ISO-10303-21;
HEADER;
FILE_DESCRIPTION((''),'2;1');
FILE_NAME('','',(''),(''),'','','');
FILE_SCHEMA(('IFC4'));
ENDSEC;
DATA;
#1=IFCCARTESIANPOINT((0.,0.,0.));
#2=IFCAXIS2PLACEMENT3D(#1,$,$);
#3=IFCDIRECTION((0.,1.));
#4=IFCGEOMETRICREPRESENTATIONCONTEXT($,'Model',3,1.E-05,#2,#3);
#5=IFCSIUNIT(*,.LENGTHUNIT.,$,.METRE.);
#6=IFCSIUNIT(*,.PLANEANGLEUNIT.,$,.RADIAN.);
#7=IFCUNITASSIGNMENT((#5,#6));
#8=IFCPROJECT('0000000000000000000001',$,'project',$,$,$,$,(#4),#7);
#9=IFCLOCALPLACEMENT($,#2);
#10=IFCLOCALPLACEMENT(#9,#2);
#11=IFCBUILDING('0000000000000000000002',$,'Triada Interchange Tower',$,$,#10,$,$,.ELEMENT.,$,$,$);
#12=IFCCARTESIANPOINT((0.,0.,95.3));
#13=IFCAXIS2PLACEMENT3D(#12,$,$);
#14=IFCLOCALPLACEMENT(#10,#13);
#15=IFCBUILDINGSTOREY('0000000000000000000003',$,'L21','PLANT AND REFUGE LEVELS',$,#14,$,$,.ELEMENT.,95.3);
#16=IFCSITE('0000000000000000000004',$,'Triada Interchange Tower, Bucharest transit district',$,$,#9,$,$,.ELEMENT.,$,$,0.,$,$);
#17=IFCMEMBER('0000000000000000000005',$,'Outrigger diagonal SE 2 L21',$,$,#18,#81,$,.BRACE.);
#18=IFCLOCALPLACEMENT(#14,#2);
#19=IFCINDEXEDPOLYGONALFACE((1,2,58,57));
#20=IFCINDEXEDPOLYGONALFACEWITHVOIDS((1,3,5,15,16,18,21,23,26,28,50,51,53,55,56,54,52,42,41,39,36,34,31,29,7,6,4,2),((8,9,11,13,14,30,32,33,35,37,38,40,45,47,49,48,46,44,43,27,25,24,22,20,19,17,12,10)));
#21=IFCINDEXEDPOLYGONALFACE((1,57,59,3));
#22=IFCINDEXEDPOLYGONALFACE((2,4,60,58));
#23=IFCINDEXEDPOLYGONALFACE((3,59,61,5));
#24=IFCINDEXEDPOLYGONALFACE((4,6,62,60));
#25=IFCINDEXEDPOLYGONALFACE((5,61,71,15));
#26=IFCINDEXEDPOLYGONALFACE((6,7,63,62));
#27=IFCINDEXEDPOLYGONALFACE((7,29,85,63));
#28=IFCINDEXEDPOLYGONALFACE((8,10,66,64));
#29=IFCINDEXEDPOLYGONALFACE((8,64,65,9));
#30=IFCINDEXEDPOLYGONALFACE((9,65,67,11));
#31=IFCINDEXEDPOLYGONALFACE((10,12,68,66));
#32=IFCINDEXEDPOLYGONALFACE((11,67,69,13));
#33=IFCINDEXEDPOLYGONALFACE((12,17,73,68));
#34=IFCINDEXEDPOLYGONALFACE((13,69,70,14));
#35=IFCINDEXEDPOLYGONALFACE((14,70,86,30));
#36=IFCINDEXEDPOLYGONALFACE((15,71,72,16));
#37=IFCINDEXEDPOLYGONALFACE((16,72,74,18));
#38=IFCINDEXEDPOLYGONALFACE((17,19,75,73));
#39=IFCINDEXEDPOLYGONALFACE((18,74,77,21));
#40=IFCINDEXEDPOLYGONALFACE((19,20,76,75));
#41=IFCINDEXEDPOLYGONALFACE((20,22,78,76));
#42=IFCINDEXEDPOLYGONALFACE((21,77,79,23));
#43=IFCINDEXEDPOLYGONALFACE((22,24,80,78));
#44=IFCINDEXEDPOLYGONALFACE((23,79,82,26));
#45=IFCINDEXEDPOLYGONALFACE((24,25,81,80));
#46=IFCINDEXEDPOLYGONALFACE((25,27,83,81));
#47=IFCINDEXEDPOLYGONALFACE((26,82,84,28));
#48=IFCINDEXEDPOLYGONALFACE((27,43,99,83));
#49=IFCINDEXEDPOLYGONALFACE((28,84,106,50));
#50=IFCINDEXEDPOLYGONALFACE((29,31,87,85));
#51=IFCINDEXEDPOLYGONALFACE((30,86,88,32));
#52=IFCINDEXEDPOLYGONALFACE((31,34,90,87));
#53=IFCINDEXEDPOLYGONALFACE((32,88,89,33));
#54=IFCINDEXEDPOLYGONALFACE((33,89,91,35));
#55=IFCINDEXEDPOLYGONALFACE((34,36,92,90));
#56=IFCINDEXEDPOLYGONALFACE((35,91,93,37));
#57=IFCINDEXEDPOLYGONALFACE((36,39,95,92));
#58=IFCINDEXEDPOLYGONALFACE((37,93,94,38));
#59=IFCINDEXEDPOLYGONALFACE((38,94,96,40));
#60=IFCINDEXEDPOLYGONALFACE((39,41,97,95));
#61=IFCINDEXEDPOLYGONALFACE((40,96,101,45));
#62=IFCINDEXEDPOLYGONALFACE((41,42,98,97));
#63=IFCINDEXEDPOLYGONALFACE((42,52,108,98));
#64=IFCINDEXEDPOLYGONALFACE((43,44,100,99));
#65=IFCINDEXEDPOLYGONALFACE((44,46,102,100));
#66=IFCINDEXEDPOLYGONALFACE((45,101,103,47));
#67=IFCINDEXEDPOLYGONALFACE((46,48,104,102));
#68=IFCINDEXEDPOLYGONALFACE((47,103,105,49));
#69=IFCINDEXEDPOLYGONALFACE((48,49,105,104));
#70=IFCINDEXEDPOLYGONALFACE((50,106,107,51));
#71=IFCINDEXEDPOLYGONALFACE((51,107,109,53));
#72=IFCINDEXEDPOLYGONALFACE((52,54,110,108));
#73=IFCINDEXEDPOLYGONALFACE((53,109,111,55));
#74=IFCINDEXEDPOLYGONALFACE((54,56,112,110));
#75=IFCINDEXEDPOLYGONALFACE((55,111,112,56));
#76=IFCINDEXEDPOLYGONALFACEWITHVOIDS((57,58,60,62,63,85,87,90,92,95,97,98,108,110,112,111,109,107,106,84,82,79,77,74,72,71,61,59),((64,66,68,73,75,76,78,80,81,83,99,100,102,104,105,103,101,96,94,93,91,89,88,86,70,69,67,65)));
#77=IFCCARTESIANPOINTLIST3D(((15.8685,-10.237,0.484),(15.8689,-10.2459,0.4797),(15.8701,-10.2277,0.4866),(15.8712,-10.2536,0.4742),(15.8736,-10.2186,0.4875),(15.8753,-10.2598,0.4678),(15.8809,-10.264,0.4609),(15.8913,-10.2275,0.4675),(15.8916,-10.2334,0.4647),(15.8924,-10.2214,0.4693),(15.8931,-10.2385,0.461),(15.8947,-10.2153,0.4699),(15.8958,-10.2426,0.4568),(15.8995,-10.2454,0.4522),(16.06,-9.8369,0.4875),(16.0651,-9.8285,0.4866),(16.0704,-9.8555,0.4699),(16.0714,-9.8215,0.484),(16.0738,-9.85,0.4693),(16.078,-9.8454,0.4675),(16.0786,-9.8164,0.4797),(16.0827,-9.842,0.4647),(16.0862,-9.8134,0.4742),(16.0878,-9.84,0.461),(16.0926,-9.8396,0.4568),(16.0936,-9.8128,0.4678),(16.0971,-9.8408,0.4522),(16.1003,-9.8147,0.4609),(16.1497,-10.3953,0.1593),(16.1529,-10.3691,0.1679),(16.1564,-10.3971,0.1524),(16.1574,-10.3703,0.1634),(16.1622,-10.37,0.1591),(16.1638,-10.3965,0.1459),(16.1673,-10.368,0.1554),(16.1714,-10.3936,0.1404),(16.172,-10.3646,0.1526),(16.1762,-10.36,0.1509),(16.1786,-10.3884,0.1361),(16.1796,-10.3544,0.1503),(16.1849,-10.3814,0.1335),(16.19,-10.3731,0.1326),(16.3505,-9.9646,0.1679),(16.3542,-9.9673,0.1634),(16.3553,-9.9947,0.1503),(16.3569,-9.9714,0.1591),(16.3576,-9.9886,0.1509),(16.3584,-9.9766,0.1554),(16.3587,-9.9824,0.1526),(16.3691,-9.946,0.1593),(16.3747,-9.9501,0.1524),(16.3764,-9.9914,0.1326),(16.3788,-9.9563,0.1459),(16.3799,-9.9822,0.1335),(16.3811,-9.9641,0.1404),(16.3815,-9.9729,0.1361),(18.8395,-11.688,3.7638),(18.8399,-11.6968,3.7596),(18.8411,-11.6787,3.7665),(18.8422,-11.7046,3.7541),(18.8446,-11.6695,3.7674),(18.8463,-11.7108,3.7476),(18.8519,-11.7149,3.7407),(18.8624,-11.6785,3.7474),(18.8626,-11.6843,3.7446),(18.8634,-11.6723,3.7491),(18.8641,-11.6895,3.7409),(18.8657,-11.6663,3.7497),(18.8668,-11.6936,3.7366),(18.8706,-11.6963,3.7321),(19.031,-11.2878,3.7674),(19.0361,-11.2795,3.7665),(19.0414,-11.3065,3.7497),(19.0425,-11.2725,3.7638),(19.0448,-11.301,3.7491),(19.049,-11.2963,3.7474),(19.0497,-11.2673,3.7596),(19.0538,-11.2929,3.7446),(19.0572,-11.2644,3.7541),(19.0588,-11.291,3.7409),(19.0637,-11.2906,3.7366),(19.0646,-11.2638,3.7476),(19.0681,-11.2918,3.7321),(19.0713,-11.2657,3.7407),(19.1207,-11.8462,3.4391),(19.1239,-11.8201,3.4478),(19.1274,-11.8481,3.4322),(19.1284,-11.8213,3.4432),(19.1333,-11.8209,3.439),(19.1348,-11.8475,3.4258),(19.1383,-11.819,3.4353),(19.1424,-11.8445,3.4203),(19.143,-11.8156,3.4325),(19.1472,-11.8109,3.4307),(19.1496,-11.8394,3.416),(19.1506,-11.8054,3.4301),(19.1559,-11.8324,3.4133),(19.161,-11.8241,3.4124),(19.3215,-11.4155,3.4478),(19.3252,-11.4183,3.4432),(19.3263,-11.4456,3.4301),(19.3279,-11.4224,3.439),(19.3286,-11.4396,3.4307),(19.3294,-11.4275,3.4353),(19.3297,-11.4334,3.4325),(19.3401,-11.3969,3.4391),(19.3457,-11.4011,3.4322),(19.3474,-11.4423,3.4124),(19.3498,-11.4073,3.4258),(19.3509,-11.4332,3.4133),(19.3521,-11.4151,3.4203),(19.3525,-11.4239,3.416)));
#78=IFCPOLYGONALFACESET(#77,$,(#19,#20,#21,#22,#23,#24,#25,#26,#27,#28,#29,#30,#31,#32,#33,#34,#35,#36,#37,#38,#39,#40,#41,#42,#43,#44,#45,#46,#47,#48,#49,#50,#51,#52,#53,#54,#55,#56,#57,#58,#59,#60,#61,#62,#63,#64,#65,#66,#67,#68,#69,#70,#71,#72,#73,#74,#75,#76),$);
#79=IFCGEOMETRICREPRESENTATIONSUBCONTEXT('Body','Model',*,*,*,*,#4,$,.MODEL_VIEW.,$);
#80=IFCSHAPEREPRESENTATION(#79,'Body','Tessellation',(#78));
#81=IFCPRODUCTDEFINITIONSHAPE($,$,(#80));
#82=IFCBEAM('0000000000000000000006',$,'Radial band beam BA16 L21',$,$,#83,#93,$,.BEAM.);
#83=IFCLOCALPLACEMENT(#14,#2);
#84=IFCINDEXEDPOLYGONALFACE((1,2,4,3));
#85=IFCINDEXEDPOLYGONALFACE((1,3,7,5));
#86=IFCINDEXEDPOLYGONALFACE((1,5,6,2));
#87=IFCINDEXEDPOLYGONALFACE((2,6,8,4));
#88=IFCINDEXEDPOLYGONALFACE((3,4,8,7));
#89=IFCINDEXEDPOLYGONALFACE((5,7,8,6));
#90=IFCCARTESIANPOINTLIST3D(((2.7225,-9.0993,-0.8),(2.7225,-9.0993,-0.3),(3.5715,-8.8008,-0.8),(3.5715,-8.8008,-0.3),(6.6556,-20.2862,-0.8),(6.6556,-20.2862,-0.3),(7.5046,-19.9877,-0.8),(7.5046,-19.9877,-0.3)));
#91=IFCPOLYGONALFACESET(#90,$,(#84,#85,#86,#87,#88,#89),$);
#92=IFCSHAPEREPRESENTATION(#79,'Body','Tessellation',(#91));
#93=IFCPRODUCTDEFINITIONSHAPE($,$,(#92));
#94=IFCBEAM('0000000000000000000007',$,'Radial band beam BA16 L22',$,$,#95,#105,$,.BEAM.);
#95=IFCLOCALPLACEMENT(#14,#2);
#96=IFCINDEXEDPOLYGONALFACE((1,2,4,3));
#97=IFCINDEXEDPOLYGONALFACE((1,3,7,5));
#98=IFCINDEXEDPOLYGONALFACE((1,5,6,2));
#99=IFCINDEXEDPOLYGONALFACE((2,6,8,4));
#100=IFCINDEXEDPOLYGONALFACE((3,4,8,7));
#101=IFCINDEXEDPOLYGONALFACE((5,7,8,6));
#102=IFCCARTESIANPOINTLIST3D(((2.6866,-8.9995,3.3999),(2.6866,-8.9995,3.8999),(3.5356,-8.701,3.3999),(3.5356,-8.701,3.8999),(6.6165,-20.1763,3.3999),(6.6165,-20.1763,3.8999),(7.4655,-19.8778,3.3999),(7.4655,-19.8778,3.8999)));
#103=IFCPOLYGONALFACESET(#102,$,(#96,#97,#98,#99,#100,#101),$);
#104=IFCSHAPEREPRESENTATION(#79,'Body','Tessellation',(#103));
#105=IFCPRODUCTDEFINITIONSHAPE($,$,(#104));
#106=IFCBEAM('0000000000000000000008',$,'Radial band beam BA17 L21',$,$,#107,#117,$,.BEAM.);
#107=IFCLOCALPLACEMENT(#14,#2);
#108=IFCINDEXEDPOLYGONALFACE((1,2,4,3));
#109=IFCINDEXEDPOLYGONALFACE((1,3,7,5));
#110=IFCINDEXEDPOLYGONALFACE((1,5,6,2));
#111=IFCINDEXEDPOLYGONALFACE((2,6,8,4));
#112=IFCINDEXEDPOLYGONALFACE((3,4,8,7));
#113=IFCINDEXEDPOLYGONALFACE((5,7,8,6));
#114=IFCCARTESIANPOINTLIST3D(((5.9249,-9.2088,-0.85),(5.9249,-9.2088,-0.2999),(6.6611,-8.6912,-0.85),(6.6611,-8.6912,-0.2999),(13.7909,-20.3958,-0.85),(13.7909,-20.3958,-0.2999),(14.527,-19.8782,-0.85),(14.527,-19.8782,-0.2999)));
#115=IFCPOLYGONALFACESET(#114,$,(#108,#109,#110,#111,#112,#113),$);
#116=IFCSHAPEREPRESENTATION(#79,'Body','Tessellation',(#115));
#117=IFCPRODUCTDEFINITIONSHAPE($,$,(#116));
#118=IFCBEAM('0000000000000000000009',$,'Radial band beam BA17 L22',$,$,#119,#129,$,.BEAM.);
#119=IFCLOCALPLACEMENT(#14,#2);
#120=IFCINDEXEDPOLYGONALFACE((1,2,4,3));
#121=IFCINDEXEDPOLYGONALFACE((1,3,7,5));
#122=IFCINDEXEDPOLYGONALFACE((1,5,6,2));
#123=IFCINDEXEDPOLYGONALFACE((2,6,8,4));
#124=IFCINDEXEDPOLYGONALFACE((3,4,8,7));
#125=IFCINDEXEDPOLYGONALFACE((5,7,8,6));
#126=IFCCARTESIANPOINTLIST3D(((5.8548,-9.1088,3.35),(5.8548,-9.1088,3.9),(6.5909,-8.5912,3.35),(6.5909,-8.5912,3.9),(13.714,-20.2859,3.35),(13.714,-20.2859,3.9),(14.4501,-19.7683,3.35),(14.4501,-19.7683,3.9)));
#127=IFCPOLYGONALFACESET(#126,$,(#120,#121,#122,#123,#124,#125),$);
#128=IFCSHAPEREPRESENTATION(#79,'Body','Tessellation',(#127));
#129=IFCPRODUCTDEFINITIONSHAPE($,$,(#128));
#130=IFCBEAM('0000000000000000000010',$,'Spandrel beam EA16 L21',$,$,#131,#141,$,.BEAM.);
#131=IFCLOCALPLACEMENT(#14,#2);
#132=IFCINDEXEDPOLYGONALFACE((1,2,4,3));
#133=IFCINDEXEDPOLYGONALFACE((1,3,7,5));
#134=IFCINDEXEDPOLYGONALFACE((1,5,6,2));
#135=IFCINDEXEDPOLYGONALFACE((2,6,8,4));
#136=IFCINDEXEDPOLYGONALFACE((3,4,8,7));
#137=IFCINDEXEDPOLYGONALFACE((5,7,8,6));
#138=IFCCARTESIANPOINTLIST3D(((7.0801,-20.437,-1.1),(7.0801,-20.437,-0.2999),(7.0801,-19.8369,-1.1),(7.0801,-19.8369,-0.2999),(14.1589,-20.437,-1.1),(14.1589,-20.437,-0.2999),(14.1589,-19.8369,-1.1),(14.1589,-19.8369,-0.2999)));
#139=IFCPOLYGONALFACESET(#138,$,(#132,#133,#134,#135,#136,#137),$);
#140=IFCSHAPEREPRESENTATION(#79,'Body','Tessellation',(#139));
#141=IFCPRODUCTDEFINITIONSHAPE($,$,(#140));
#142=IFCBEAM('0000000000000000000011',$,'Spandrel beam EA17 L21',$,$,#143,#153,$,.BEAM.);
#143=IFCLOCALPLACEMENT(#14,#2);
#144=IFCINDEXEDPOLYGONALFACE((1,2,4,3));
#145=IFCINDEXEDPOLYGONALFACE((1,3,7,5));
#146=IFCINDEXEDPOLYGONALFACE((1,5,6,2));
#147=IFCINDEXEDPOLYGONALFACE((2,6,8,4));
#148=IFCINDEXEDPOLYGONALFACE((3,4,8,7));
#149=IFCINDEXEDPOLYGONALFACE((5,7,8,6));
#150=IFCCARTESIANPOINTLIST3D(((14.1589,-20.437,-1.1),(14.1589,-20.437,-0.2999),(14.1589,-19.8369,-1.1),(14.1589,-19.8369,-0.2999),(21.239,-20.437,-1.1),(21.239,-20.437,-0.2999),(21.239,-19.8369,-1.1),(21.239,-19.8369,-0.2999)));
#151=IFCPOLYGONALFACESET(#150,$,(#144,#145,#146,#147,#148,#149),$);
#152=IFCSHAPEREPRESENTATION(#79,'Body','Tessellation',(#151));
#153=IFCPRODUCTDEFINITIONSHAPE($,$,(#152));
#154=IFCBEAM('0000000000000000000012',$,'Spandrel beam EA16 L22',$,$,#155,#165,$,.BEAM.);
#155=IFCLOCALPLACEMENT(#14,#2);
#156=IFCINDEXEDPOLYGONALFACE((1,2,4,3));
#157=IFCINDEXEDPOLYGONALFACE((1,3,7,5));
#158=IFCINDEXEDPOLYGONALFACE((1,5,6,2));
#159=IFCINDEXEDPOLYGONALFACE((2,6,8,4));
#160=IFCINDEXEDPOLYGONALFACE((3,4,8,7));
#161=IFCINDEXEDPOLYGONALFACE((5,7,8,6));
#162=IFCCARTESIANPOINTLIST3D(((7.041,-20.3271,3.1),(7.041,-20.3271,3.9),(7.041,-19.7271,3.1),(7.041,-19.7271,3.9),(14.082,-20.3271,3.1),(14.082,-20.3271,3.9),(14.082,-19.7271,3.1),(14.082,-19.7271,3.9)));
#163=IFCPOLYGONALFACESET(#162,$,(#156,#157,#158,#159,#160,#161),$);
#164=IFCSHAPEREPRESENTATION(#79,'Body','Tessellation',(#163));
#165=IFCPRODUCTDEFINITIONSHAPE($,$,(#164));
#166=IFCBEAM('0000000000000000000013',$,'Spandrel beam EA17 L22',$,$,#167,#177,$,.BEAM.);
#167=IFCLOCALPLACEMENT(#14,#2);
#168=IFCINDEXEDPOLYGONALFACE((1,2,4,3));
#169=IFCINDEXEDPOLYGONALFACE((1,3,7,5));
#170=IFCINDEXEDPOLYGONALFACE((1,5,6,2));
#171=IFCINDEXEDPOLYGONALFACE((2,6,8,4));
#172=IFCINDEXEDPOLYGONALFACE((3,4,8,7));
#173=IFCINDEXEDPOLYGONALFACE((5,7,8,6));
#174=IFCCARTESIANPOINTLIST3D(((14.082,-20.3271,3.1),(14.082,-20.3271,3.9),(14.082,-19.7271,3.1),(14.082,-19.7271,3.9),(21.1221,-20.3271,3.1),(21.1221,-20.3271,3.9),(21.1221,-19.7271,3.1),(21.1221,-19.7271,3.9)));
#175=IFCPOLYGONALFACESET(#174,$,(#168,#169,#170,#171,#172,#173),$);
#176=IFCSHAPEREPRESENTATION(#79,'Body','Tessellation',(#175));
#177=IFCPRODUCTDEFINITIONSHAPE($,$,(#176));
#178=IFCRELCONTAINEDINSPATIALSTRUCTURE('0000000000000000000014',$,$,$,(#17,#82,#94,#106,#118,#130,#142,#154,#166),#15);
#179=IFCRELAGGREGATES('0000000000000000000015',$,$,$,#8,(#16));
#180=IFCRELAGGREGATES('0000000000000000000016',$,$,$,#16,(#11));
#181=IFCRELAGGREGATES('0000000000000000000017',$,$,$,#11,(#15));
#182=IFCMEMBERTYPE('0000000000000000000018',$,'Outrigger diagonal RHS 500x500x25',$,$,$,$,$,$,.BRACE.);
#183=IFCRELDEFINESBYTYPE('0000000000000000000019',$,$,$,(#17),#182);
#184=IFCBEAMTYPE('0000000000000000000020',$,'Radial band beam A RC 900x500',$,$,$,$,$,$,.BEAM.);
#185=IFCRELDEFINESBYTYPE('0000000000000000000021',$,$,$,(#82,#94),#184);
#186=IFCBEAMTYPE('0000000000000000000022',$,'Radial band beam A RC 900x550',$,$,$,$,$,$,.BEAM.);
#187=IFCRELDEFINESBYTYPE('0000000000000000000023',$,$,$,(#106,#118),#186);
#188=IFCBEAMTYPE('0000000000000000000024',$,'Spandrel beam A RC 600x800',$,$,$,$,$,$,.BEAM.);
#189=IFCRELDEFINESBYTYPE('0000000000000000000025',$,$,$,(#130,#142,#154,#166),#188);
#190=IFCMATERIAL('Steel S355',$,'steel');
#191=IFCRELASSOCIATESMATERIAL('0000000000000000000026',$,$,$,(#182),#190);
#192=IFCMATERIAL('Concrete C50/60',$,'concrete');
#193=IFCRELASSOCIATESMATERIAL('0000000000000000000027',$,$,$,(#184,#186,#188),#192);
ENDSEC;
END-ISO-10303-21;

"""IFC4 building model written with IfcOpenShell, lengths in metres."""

from ifc_helpers import new_model, si_unit, direction, frame, origin, origin_2d, place, context, subcontext, project, spatial, rectangle, hollow_rectangle, extrude, material, material_profile, profile_set, type_object, element, save


model = new_model("IFC4")

# Units and contexts
model_context = context("Model", 3, precision=1e-05, world=origin(), true_north=direction((0.0, 1.0)))
body_context = subcontext(model_context, "Body", "Model", "MODEL_VIEW")
ifc_project = project(units=[si_unit("LENGTHUNIT", "METRE"), si_unit("PLANEANGLEUNIT", "RADIAN")], contexts=[model_context])

# Site, building, storey
site_placement = place(None, origin())
site = spatial("IfcSite", under=ifc_project, at=site_placement, Name="Triada Interchange Tower, Bucharest transit district", CompositionType="ELEMENT", RefElevation=0.0)
building_placement = place(site_placement, origin())
building = spatial("IfcBuilding", under=site, at=building_placement, Name="Triada Interchange Tower", CompositionType="ELEMENT")
storey_placement = place(building_placement, frame((0.0, 0.0, 95.3)))
storey = spatial("IfcBuildingStorey", under=building, at=storey_placement, Name="L21", Description="PLANT AND REFUGE LEVELS", CompositionType="ELEMENT", Elevation=95.3)

# Member
ifc_material_1 = material(Name="Steel S355", Category="steel")
ifc_material_profile_1 = material_profile(ifc_material_1, hollow_rectangle(XDim=0.5, YDim=0.5, WallThickness=0.0249, InnerFilletRadius=0.0249, OuterFilletRadius=0.0376, at=origin_2d()), Name="RHS 500x500x25")
ifc_profile_set_1 = profile_set([ifc_material_profile_1], Name="Steel S355")
member_type_1 = type_object("IfcMemberType", Name="Outrigger diagonal RHS 500x500x25", PredefinedType="BRACE", material=ifc_profile_set_1)
member_1_placement = place(storey_placement, frame((16.125, -10.105, 0.3101), z_axis=(0.637937, -0.311551, 0.704253), x_axis=(0.438835, 0.898568, 0.0)))
element("IfcMember", 1, at=member_1_placement, inside=storey, type_object=member_type_1, Name="Outrigger diagonal SE 2 L21", PredefinedType="BRACE", context=body_context, shape_type="SweptSolid", body=[
    extrude(hollow_rectangle(XDim=0.5, YDim=0.5, WallThickness=0.0249, InnerFilletRadius=0.0249, OuterFilletRadius=0.0376, at=origin_2d()), origin(), (0.0, 0.0, 1.0), 4.6572),
])

# Beams
ifc_material_2 = material(Name="Concrete C50/60", Category="concrete")
ifc_material_profile_2 = material_profile(ifc_material_2, rectangle(XDim=0.8999, YDim=0.5, at=origin_2d()), Name="RC 900x500")
ifc_profile_set_2 = profile_set([ifc_material_profile_2], Name="Concrete C50/60")
beam_type_1 = type_object("IfcBeamType", Name="Radial band beam A RC 900x500", PredefinedType="BEAM", material=ifc_profile_set_2)
beam_1_placement = place(storey_placement, frame((7.0801, -20.137, -0.55), z_axis=(-0.331676, 0.943393, 0.0), x_axis=(-0.943393, -0.331676, 0.0)))
element("IfcBeam", 2, at=beam_1_placement, inside=storey, type_object=beam_type_1, Name="Radial band beam BA16 L21", PredefinedType="BEAM", context=body_context, shape_type="SweptSolid", body=[
    extrude(rectangle(XDim=0.8999, YDim=0.5, at=origin_2d()), origin(), (0.0, 0.0, 1.0), 11.8582),
])
beam_2_placement = place(storey_placement, frame((7.041, -20.0271, 3.6499), z_axis=(-0.331702, 0.943384, 0.0), x_axis=(-0.943384, -0.331702, 0.0)))
element("IfcBeam", 3, at=beam_2_placement, inside=storey, type_object=beam_type_1, Name="Radial band beam BA16 L22", PredefinedType="BEAM", context=body_context, shape_type="SweptSolid", body=[
    extrude(rectangle(XDim=0.8999, YDim=0.5, at=origin_2d()), origin(), (0.0, 0.0, 1.0), 11.8477),
])
ifc_material_profile_3 = material_profile(ifc_material_2, rectangle(XDim=0.8999, YDim=0.55, at=origin_2d()), Name="RC 900x550")
ifc_profile_set_3 = profile_set([ifc_material_profile_3], Name="Concrete C50/60")
beam_type_2 = type_object("IfcBeamType", Name="Radial band beam A RC 900x550", PredefinedType="BEAM", material=ifc_profile_set_3)
beam_3_placement = place(storey_placement, frame((14.1589, -20.137, -0.575), z_axis=(-0.575182, 0.818026, 0.0), x_axis=(-0.818026, -0.575182, 0.0)))
element("IfcBeam", 4, at=beam_3_placement, inside=storey, type_object=beam_type_2, Name="Radial band beam BA17 L21", PredefinedType="BEAM", context=body_context, shape_type="SweptSolid", body=[
    extrude(rectangle(XDim=0.8999, YDim=0.55, at=origin_2d()), origin(), (0.0, 0.0, 1.0), 13.6755),
])
beam_4_placement = place(storey_placement, frame((14.082, -20.0271, 3.625), z_axis=(-0.575192, 0.818019, 0.0), x_axis=(-0.818019, -0.575192, 0.0)))
element("IfcBeam", 5, at=beam_4_placement, inside=storey, type_object=beam_type_2, Name="Radial band beam BA17 L22", PredefinedType="BEAM", context=body_context, shape_type="SweptSolid", body=[
    extrude(rectangle(XDim=0.8999, YDim=0.55, at=origin_2d()), origin(), (0.0, 0.0, 1.0), 13.6636),
])
ifc_material_profile_4 = material_profile(ifc_material_2, rectangle(XDim=0.6001, YDim=0.8, at=origin_2d()), Name="RC 600x800")
ifc_profile_set_4 = profile_set([ifc_material_profile_4], Name="Concrete C50/60")
beam_type_3 = type_object("IfcBeamType", Name="Spandrel beam A RC 600x800", PredefinedType="BEAM", material=ifc_profile_set_4)
beam_5_placement = place(storey_placement, frame((7.0801, -20.137, -0.7), z_axis=(1.0, 0.0, 0.0), x_axis=(0.0, 1.0, 0.0)))
element("IfcBeam", 6, at=beam_5_placement, inside=storey, type_object=beam_type_3, Name="Spandrel beam EA16 L21", PredefinedType="BEAM", context=body_context, shape_type="SweptSolid", body=[
    extrude(rectangle(XDim=0.6001, YDim=0.8, at=origin_2d()), origin(), (0.0, 0.0, 1.0), 7.0789),
])
beam_6_placement = place(storey_placement, frame((14.1589, -20.137, -0.7), z_axis=(1.0, 0.0, 0.0), x_axis=(0.0, 1.0, 0.0)))
element("IfcBeam", 7, at=beam_6_placement, inside=storey, type_object=beam_type_3, Name="Spandrel beam EA17 L21", PredefinedType="BEAM", context=body_context, shape_type="SweptSolid", body=[
    extrude(rectangle(XDim=0.6001, YDim=0.8, at=origin_2d()), origin(), (0.0, 0.0, 1.0), 7.0801),
])
beam_7_placement = place(storey_placement, frame((7.041, -20.0271, 3.5), z_axis=(1.0, 0.0, 0.0), x_axis=(0.0, 1.0, 0.0)))
element("IfcBeam", 8, at=beam_7_placement, inside=storey, type_object=beam_type_3, Name="Spandrel beam EA16 L22", PredefinedType="BEAM", context=body_context, shape_type="SweptSolid", body=[
    extrude(rectangle(XDim=0.6001, YDim=0.8, at=origin_2d()), origin(), (0.0, 0.0, 1.0), 7.041),
])
beam_8_placement = place(storey_placement, frame((14.082, -20.0271, 3.5), z_axis=(1.0, 0.0, 0.0), x_axis=(0.0, 1.0, 0.0)))
element("IfcBeam", 9, at=beam_8_placement, inside=storey, type_object=beam_type_3, Name="Spandrel beam EA17 L22", PredefinedType="BEAM", context=body_context, shape_type="SweptSolid", body=[
    extrude(rectangle(XDim=0.6001, YDim=0.8, at=origin_2d()), origin(), (0.0, 0.0, 1.0), 7.04),
])

save(model, "model.ifc")
